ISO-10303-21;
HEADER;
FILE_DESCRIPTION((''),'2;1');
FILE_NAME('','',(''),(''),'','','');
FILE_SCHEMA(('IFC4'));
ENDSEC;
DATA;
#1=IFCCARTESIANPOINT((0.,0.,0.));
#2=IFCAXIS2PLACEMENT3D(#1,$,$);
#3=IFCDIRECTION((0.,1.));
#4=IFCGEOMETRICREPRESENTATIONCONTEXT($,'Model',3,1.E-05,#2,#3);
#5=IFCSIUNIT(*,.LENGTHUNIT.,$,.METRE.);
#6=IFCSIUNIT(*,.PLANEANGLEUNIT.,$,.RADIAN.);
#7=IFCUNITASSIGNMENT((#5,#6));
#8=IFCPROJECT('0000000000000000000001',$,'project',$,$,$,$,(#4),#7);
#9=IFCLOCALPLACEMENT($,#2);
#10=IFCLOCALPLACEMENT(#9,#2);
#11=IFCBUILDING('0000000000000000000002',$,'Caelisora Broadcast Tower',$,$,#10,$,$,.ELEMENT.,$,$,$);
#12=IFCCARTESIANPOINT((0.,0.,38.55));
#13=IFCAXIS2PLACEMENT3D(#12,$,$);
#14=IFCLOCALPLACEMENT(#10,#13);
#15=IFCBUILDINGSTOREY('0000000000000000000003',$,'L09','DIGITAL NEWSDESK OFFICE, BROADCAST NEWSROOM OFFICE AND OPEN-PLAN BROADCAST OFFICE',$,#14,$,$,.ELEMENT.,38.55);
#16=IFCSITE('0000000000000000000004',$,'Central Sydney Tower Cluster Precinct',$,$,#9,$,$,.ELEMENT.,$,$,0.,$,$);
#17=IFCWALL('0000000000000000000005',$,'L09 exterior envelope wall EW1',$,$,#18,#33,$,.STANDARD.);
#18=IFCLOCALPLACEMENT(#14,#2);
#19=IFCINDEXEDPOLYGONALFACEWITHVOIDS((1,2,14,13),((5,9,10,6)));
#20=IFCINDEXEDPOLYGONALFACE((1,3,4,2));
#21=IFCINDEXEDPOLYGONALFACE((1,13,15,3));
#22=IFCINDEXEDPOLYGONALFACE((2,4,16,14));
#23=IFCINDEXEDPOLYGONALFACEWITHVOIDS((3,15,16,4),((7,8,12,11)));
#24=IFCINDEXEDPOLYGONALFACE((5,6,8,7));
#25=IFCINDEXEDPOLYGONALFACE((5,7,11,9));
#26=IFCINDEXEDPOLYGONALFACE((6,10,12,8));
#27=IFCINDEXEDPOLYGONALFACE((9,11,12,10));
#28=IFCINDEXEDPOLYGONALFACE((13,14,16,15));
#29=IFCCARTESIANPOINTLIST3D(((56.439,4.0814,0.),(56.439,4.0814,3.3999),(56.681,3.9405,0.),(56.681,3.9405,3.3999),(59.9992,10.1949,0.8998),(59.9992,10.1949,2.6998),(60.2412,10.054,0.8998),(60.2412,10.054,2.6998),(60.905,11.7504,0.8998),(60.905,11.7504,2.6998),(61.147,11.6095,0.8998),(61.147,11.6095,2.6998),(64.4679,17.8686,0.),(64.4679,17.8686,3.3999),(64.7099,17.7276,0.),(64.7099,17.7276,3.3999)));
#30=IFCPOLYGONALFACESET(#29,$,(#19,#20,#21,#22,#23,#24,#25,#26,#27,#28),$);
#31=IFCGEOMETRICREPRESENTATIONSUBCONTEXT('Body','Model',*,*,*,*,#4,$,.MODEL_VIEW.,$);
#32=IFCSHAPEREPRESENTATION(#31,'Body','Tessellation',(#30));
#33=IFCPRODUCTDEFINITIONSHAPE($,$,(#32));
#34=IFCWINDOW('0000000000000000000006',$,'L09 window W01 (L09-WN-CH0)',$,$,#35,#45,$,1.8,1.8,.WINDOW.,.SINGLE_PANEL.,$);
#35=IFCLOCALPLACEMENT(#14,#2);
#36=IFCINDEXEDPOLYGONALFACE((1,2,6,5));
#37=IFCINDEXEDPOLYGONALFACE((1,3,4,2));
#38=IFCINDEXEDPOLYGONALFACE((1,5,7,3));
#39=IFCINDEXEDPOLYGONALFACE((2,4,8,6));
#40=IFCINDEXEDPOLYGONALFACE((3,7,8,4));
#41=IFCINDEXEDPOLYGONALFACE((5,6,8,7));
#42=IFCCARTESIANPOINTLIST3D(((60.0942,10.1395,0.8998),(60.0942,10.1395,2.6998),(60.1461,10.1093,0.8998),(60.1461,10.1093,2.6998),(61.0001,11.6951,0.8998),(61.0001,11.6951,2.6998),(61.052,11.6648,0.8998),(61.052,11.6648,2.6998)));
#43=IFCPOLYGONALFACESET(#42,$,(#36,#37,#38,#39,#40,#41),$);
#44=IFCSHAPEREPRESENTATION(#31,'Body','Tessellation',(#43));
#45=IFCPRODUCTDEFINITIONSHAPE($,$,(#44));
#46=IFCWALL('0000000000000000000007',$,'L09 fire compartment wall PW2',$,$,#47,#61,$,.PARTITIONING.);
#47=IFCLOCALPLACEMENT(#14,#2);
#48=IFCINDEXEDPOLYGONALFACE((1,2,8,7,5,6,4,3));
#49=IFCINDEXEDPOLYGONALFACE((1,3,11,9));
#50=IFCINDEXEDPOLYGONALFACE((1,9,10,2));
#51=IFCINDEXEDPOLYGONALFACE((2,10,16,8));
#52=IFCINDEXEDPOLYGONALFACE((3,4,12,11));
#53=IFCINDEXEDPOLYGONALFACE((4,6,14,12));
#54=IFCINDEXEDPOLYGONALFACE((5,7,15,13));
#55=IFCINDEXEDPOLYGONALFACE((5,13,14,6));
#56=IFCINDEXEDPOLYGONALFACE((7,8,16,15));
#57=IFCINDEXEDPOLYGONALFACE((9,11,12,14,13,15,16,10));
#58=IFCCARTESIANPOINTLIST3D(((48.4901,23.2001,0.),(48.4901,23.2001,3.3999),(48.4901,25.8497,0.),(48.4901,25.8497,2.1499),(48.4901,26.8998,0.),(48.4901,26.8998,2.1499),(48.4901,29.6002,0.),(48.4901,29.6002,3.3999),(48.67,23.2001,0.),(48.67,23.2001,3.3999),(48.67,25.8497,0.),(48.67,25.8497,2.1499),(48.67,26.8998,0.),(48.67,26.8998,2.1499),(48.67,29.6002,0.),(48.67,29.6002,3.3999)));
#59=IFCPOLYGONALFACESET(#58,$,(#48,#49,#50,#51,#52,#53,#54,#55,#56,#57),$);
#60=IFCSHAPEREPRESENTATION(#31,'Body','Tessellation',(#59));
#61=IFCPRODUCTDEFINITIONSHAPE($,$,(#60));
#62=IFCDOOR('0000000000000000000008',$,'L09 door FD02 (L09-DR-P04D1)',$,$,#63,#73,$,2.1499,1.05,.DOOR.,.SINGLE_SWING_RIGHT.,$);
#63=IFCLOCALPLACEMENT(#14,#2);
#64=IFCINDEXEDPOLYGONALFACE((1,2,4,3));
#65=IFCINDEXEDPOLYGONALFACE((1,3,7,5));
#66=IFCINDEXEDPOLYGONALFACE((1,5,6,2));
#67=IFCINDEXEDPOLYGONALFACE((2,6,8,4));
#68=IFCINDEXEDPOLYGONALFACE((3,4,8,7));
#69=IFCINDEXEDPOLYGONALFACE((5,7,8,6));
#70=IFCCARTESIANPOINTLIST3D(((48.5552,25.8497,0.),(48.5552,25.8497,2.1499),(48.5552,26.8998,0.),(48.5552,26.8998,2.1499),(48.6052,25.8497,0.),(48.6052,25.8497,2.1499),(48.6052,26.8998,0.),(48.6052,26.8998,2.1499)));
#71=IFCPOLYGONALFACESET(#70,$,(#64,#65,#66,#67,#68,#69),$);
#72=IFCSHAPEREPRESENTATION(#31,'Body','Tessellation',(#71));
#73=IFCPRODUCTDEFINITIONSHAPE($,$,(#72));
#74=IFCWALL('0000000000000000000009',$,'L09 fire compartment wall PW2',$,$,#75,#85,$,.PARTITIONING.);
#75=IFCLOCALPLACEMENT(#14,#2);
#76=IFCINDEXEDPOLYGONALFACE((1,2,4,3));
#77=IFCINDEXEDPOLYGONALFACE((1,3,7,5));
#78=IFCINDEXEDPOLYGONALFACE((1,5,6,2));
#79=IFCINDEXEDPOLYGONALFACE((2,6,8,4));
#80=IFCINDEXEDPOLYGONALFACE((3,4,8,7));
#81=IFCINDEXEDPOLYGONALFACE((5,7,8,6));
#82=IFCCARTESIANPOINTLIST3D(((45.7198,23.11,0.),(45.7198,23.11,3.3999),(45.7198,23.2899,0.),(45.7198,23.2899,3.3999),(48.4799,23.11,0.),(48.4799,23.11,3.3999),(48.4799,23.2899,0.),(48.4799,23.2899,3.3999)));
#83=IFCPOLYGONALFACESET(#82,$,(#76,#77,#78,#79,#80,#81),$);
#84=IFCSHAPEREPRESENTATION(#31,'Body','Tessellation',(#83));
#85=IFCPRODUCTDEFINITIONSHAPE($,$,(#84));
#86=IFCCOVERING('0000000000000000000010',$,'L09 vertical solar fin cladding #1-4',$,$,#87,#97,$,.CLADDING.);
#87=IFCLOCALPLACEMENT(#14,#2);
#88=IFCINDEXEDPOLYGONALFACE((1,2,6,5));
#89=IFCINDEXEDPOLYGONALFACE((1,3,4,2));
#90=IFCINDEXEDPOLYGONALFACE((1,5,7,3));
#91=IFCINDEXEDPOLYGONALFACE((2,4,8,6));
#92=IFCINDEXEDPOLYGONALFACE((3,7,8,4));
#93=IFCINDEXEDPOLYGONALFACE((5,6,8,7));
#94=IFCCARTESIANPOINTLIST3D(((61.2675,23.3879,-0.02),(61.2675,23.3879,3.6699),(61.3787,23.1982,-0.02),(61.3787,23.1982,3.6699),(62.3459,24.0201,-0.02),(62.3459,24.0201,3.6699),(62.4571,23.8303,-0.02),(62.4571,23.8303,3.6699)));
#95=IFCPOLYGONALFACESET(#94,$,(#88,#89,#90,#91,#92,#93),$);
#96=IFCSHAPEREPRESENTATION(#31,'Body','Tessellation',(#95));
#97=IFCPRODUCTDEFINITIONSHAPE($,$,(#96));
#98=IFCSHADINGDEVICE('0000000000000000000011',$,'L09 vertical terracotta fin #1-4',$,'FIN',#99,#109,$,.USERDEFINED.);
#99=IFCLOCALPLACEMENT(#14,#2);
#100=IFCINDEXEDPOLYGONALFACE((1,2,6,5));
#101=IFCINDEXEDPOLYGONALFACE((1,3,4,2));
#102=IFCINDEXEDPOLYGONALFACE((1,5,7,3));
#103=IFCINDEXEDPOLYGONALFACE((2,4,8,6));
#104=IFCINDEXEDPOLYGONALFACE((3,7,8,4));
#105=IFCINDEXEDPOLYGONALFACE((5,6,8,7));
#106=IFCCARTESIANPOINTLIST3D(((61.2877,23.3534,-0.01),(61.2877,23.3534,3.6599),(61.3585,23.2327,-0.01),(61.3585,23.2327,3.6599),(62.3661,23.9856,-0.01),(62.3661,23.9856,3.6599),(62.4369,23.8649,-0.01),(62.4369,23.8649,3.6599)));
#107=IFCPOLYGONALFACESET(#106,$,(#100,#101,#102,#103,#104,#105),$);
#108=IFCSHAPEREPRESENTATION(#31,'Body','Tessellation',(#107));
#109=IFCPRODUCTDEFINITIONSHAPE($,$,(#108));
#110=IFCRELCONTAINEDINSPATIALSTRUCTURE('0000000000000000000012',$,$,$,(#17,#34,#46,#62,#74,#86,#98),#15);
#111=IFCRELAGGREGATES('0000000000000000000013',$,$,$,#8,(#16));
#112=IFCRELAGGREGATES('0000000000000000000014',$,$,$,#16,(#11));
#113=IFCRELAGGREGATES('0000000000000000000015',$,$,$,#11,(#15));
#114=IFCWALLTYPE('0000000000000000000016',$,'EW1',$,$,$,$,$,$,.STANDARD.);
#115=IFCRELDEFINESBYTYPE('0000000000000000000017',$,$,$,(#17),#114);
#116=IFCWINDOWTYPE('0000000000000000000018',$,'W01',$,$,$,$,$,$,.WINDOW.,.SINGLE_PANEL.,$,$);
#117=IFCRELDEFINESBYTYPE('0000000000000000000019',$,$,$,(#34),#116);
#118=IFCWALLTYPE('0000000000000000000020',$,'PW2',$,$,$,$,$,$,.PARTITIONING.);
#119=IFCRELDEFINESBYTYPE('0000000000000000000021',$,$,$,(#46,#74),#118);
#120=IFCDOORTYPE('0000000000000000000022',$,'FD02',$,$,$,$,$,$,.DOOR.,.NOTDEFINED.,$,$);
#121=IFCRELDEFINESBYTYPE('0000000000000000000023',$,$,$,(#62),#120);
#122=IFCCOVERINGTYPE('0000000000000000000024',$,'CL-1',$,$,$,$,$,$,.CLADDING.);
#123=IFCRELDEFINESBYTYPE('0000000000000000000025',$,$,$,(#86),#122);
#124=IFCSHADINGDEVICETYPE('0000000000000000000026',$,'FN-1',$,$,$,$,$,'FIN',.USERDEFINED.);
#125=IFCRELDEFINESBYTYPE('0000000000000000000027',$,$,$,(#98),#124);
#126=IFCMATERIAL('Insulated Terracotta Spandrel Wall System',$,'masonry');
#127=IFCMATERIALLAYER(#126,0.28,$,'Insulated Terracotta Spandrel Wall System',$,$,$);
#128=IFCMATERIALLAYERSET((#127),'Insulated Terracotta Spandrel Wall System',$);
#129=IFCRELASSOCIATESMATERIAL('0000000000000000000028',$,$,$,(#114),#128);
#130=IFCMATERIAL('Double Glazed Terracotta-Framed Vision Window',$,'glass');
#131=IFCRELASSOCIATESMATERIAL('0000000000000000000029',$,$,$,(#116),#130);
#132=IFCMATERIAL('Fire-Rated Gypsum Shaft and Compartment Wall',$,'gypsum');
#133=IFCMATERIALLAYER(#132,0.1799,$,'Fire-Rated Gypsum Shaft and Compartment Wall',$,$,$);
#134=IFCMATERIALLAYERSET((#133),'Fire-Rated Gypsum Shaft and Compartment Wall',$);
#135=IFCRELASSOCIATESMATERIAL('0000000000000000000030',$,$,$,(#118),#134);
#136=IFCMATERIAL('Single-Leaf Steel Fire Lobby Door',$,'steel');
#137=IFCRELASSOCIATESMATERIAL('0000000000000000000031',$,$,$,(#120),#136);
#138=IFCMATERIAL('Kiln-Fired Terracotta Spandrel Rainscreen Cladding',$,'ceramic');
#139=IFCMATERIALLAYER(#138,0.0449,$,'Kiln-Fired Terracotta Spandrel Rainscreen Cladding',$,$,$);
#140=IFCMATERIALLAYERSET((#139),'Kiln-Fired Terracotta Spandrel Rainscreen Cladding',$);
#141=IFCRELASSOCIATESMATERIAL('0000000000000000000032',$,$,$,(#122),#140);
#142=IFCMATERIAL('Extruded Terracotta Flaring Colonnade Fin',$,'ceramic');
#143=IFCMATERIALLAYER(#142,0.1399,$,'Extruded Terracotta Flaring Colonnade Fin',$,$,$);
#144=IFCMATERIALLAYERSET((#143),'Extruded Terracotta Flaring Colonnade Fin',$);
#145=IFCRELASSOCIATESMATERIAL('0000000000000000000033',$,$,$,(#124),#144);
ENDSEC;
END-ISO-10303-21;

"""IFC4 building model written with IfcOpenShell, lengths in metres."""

from ifc_helpers import new_model, si_unit, direction, frame, frame_2d, origin, origin_2d, place, context, subcontext, project, spatial, rectangle, extrude, source, transform, mapped, material, layer, layer_set, type_object, type_shapes, element, fill, save


model = new_model("IFC4")

# Units and contexts
model_context = context("Model", 3, precision=1e-05, world=origin(), true_north=direction((0.0, 1.0)))
body_context = subcontext(model_context, "Body", "Model", "MODEL_VIEW")
ifc_project = project(units=[si_unit("LENGTHUNIT", "METRE"), si_unit("PLANEANGLEUNIT", "RADIAN")], contexts=[model_context])

# Site, building, storey
site_placement = place(None, origin())
site = spatial("IfcSite", under=ifc_project, at=site_placement, Name="Central Sydney Tower Cluster Precinct", CompositionType="ELEMENT", RefElevation=0.0)
building_placement = place(site_placement, origin())
building = spatial("IfcBuilding", under=site, at=building_placement, Name="Caelisora Broadcast Tower", CompositionType="ELEMENT")
storey_placement = place(building_placement, frame((0.0, 0.0, 38.55)))
storey = spatial("IfcBuildingStorey", under=building, at=storey_placement, Name="L09", Description="DIGITAL NEWSDESK OFFICE, BROADCAST NEWSROOM OFFICE AND OPEN-PLAN BROADCAST OFFICE", CompositionType="ELEMENT", Elevation=38.55)

# Wall, opening, window
ifc_material_1 = material(Name="Insulated Terracotta Spandrel Wall System", Category="masonry")
ifc_layer_1 = layer(ifc_material_1, 0.28, Name="Insulated Terracotta Spandrel Wall System")
ifc_layer_set_1 = layer_set([ifc_layer_1], Name="Insulated Terracotta Spandrel Wall System")
wall_type_1 = type_object("IfcWallType", Name="EW1", PredefinedType="STANDARD", material=ifc_layer_set_1)
wall_1_placement = place(storey_placement, frame((64.5889, 17.7981, 0.0), z_axis=(0.0, 0.0, 1.0), x_axis=(-0.503232, -0.864152, 0.0)))
wall_1 = element("IfcWall", 1, at=wall_1_placement, inside=storey, type_object=wall_type_1, Name="L09 exterior envelope wall EW1", PredefinedType="STANDARD", context=body_context, shape_type="SweptSolid", body=[
    extrude(rectangle(XDim=15.9546, YDim=0.28, at=frame_2d((7.9773, 0.0))), origin(), (0.0, 0.0, 1.0), 3.3999),
])
opening_1_placement = place(wall_1_placement, frame((7.0801, 0.0, 0.8999)))
opening_1 = element("IfcOpeningElement", 2, at=opening_1_placement, cuts=wall_1, PredefinedType="OPENING", context=body_context, shape_type="SweptSolid", body=[
    extrude(rectangle(XDim=1.8, YDim=1.8, at=frame_2d((0.8999, 0.8999))), frame((0.0, 0.1521, 0.0), z_axis=(0.0, -1.0, 0.0), x_axis=(1.0, 0.0, 0.0)), (0.0, 0.0, 1.0), 0.304),
])
ifc_material_2 = material(Name="Double Glazed Terracotta-Framed Vision Window", Category="glass")
window_type = type_object("IfcWindowType", Name="W01", PartitioningType="SINGLE_PANEL", PredefinedType="WINDOW", material=ifc_material_2)
window_placement = place(opening_1_placement, origin())
window = element("IfcWindow", 3, at=window_placement, inside=storey, type_object=window_type, Name="L09 window W01 (L09-WN-CH0)", OverallHeight=1.8, OverallWidth=1.8, PartitioningType="SINGLE_PANEL", PredefinedType="WINDOW", context=body_context, shape_type="SweptSolid", body=[
    extrude(rectangle(XDim=1.8, YDim=1.8, at=frame_2d((0.8999, 0.8999))), frame((0.0, 0.03, 0.0), z_axis=(0.0, -1.0, 0.0), x_axis=(1.0, 0.0, 0.0)), (0.0, 0.0, 1.0), 0.0601),
])
fill(opening_1, window)

# Wall, opening, door
ifc_material_3 = material(Name="Fire-Rated Gypsum Shaft and Compartment Wall", Category="gypsum")
ifc_layer_2 = layer(ifc_material_3, 0.1799, Name="Fire-Rated Gypsum Shaft and Compartment Wall")
ifc_layer_set_2 = layer_set([ifc_layer_2], Name="Fire-Rated Gypsum Shaft and Compartment Wall")
wall_type_2 = type_object("IfcWallType", Name="PW2", PredefinedType="PARTITIONING", material=ifc_layer_set_2)
wall_2_placement = place(storey_placement, frame((48.5801, 23.2, 0.0), z_axis=(0.0, 0.0, 1.0), x_axis=(0.0, 1.0, 0.0)))
wall_2 = element("IfcWall", 4, at=wall_2_placement, inside=storey, type_object=wall_type_2, Name="L09 fire compartment wall PW2", PredefinedType="PARTITIONING", context=body_context, shape_type="SweptSolid", body=[
    extrude(rectangle(XDim=6.4001, YDim=0.1799, at=frame_2d((3.2002, 0.0))), origin(), (0.0, 0.0, 1.0), 3.3999),
])
opening_2_placement = place(wall_2_placement, frame((2.6499, 0.0, 0.0)))
opening_2 = element("IfcOpeningElement", 5, at=opening_2_placement, cuts=wall_2, PredefinedType="OPENING", context=body_context, shape_type="SweptSolid", body=[
    extrude(rectangle(XDim=1.05, YDim=2.1499, at=frame_2d((0.5249, 1.075))), frame((0.0, 0.1021, 0.0), z_axis=(0.0, -1.0, 0.0), x_axis=(1.0, 0.0, 0.0)), (0.0, 0.0, 1.0), 0.2039),
])
ifc_material_4 = material(Name="Single-Leaf Steel Fire Lobby Door", Category="steel")
door_type = type_object("IfcDoorType", Name="FD02", OperationType="NOTDEFINED", PredefinedType="DOOR", material=ifc_material_4)
door_1_placement = place(opening_2_placement, origin())
door_1 = element("IfcDoor", 6, at=door_1_placement, inside=storey, type_object=door_type, Name="L09 door FD02 (L09-DR-P04D1)", OperationType="SINGLE_SWING_RIGHT", OverallHeight=2.1499, OverallWidth=1.05, PredefinedType="DOOR", context=body_context, shape_type="SweptSolid", body=[
    extrude(rectangle(XDim=1.05, YDim=2.1499, at=frame_2d((0.5249, 1.075))), frame((0.0, 0.0249, 0.0), z_axis=(0.0, -1.0, 0.0), x_axis=(1.0, 0.0, 0.0)), (0.0, 0.0, 1.0), 0.05),
])
fill(opening_2, door_1)

# Wall
wall_3_placement = place(storey_placement, frame((45.72, 23.2, 0.0), z_axis=(0.0, 0.0, 1.0), x_axis=(1.0, 0.0, 0.0)))
element("IfcWall", 7, at=wall_3_placement, inside=storey, type_object=wall_type_2, Name="L09 fire compartment wall PW2", PredefinedType="PARTITIONING", context=body_context, shape_type="SweptSolid", body=[
    extrude(rectangle(XDim=2.76, YDim=0.1799, at=frame_2d((1.3799, 0.0))), origin(), (0.0, 0.0, 1.0), 3.3999),
])

# Covering
ifc_material_5 = material(Name="Kiln-Fired Terracotta Spandrel Rainscreen Cladding", Category="ceramic")
ifc_layer_3 = layer(ifc_material_5, 0.0449, Name="Kiln-Fired Terracotta Spandrel Rainscreen Cladding")
ifc_layer_set_3 = layer_set([ifc_layer_3], Name="Kiln-Fired Terracotta Spandrel Rainscreen Cladding")
covering_type = type_object("IfcCoveringType", Name="CL-1", PredefinedType="CLADDING", material=ifc_layer_set_3)
shared_shape_1 = source(origin(), body_context, "Body", "SweptSolid", [
    extrude(rectangle(XDim=0.22, YDim=1.25, at=origin_2d()), origin(), (0.0, 0.0, 1.0), 3.6899),
])
type_shapes(covering_type, [shared_shape_1])
covering_placement = place(storey_placement, frame((61.8623, 23.6091, -0.02), z_axis=(0.0, 0.0, 1.0), x_axis=(0.505733, -0.86269, 0.0)))
element("IfcCovering", 8, at=covering_placement, inside=storey, type_object=covering_type, Name="L09 vertical solar fin cladding #1-4", PredefinedType="CLADDING", context=body_context, shape_type="MappedRepresentation", body=[
    mapped(shared_shape_1, transform((0.0, 0.0, 0.0), scale=1.0)),
])

# Shading device
ifc_material_6 = material(Name="Extruded Terracotta Flaring Colonnade Fin", Category="ceramic")
ifc_layer_4 = layer(ifc_material_6, 0.1399, Name="Extruded Terracotta Flaring Colonnade Fin")
ifc_layer_set_4 = layer_set([ifc_layer_4], Name="Extruded Terracotta Flaring Colonnade Fin")
shading_device_type = type_object("IfcShadingDeviceType", Name="FN-1", ElementType="FIN", PredefinedType="USERDEFINED", material=ifc_layer_set_4)
shared_shape_2 = source(origin(), body_context, "Body", "SweptSolid", [
    extrude(rectangle(XDim=0.1399, YDim=1.25, at=origin_2d()), origin(), (0.0, 0.0, 1.0), 3.6699),
])
type_shapes(shading_device_type, [shared_shape_2])
shading_device_placement = place(storey_placement, frame((61.8623, 23.6091, -0.01), z_axis=(0.0, 0.0, 1.0), x_axis=(0.505733, -0.86269, 0.0)))
element("IfcShadingDevice", 9, at=shading_device_placement, inside=storey, type_object=shading_device_type, Name="L09 vertical terracotta fin #1-4", ObjectType="FIN", PredefinedType="USERDEFINED", context=body_context, shape_type="MappedRepresentation", body=[
    mapped(shared_shape_2, transform((0.0, 0.0, 0.0), scale=1.0)),
])

save(model, "model.ifc")
